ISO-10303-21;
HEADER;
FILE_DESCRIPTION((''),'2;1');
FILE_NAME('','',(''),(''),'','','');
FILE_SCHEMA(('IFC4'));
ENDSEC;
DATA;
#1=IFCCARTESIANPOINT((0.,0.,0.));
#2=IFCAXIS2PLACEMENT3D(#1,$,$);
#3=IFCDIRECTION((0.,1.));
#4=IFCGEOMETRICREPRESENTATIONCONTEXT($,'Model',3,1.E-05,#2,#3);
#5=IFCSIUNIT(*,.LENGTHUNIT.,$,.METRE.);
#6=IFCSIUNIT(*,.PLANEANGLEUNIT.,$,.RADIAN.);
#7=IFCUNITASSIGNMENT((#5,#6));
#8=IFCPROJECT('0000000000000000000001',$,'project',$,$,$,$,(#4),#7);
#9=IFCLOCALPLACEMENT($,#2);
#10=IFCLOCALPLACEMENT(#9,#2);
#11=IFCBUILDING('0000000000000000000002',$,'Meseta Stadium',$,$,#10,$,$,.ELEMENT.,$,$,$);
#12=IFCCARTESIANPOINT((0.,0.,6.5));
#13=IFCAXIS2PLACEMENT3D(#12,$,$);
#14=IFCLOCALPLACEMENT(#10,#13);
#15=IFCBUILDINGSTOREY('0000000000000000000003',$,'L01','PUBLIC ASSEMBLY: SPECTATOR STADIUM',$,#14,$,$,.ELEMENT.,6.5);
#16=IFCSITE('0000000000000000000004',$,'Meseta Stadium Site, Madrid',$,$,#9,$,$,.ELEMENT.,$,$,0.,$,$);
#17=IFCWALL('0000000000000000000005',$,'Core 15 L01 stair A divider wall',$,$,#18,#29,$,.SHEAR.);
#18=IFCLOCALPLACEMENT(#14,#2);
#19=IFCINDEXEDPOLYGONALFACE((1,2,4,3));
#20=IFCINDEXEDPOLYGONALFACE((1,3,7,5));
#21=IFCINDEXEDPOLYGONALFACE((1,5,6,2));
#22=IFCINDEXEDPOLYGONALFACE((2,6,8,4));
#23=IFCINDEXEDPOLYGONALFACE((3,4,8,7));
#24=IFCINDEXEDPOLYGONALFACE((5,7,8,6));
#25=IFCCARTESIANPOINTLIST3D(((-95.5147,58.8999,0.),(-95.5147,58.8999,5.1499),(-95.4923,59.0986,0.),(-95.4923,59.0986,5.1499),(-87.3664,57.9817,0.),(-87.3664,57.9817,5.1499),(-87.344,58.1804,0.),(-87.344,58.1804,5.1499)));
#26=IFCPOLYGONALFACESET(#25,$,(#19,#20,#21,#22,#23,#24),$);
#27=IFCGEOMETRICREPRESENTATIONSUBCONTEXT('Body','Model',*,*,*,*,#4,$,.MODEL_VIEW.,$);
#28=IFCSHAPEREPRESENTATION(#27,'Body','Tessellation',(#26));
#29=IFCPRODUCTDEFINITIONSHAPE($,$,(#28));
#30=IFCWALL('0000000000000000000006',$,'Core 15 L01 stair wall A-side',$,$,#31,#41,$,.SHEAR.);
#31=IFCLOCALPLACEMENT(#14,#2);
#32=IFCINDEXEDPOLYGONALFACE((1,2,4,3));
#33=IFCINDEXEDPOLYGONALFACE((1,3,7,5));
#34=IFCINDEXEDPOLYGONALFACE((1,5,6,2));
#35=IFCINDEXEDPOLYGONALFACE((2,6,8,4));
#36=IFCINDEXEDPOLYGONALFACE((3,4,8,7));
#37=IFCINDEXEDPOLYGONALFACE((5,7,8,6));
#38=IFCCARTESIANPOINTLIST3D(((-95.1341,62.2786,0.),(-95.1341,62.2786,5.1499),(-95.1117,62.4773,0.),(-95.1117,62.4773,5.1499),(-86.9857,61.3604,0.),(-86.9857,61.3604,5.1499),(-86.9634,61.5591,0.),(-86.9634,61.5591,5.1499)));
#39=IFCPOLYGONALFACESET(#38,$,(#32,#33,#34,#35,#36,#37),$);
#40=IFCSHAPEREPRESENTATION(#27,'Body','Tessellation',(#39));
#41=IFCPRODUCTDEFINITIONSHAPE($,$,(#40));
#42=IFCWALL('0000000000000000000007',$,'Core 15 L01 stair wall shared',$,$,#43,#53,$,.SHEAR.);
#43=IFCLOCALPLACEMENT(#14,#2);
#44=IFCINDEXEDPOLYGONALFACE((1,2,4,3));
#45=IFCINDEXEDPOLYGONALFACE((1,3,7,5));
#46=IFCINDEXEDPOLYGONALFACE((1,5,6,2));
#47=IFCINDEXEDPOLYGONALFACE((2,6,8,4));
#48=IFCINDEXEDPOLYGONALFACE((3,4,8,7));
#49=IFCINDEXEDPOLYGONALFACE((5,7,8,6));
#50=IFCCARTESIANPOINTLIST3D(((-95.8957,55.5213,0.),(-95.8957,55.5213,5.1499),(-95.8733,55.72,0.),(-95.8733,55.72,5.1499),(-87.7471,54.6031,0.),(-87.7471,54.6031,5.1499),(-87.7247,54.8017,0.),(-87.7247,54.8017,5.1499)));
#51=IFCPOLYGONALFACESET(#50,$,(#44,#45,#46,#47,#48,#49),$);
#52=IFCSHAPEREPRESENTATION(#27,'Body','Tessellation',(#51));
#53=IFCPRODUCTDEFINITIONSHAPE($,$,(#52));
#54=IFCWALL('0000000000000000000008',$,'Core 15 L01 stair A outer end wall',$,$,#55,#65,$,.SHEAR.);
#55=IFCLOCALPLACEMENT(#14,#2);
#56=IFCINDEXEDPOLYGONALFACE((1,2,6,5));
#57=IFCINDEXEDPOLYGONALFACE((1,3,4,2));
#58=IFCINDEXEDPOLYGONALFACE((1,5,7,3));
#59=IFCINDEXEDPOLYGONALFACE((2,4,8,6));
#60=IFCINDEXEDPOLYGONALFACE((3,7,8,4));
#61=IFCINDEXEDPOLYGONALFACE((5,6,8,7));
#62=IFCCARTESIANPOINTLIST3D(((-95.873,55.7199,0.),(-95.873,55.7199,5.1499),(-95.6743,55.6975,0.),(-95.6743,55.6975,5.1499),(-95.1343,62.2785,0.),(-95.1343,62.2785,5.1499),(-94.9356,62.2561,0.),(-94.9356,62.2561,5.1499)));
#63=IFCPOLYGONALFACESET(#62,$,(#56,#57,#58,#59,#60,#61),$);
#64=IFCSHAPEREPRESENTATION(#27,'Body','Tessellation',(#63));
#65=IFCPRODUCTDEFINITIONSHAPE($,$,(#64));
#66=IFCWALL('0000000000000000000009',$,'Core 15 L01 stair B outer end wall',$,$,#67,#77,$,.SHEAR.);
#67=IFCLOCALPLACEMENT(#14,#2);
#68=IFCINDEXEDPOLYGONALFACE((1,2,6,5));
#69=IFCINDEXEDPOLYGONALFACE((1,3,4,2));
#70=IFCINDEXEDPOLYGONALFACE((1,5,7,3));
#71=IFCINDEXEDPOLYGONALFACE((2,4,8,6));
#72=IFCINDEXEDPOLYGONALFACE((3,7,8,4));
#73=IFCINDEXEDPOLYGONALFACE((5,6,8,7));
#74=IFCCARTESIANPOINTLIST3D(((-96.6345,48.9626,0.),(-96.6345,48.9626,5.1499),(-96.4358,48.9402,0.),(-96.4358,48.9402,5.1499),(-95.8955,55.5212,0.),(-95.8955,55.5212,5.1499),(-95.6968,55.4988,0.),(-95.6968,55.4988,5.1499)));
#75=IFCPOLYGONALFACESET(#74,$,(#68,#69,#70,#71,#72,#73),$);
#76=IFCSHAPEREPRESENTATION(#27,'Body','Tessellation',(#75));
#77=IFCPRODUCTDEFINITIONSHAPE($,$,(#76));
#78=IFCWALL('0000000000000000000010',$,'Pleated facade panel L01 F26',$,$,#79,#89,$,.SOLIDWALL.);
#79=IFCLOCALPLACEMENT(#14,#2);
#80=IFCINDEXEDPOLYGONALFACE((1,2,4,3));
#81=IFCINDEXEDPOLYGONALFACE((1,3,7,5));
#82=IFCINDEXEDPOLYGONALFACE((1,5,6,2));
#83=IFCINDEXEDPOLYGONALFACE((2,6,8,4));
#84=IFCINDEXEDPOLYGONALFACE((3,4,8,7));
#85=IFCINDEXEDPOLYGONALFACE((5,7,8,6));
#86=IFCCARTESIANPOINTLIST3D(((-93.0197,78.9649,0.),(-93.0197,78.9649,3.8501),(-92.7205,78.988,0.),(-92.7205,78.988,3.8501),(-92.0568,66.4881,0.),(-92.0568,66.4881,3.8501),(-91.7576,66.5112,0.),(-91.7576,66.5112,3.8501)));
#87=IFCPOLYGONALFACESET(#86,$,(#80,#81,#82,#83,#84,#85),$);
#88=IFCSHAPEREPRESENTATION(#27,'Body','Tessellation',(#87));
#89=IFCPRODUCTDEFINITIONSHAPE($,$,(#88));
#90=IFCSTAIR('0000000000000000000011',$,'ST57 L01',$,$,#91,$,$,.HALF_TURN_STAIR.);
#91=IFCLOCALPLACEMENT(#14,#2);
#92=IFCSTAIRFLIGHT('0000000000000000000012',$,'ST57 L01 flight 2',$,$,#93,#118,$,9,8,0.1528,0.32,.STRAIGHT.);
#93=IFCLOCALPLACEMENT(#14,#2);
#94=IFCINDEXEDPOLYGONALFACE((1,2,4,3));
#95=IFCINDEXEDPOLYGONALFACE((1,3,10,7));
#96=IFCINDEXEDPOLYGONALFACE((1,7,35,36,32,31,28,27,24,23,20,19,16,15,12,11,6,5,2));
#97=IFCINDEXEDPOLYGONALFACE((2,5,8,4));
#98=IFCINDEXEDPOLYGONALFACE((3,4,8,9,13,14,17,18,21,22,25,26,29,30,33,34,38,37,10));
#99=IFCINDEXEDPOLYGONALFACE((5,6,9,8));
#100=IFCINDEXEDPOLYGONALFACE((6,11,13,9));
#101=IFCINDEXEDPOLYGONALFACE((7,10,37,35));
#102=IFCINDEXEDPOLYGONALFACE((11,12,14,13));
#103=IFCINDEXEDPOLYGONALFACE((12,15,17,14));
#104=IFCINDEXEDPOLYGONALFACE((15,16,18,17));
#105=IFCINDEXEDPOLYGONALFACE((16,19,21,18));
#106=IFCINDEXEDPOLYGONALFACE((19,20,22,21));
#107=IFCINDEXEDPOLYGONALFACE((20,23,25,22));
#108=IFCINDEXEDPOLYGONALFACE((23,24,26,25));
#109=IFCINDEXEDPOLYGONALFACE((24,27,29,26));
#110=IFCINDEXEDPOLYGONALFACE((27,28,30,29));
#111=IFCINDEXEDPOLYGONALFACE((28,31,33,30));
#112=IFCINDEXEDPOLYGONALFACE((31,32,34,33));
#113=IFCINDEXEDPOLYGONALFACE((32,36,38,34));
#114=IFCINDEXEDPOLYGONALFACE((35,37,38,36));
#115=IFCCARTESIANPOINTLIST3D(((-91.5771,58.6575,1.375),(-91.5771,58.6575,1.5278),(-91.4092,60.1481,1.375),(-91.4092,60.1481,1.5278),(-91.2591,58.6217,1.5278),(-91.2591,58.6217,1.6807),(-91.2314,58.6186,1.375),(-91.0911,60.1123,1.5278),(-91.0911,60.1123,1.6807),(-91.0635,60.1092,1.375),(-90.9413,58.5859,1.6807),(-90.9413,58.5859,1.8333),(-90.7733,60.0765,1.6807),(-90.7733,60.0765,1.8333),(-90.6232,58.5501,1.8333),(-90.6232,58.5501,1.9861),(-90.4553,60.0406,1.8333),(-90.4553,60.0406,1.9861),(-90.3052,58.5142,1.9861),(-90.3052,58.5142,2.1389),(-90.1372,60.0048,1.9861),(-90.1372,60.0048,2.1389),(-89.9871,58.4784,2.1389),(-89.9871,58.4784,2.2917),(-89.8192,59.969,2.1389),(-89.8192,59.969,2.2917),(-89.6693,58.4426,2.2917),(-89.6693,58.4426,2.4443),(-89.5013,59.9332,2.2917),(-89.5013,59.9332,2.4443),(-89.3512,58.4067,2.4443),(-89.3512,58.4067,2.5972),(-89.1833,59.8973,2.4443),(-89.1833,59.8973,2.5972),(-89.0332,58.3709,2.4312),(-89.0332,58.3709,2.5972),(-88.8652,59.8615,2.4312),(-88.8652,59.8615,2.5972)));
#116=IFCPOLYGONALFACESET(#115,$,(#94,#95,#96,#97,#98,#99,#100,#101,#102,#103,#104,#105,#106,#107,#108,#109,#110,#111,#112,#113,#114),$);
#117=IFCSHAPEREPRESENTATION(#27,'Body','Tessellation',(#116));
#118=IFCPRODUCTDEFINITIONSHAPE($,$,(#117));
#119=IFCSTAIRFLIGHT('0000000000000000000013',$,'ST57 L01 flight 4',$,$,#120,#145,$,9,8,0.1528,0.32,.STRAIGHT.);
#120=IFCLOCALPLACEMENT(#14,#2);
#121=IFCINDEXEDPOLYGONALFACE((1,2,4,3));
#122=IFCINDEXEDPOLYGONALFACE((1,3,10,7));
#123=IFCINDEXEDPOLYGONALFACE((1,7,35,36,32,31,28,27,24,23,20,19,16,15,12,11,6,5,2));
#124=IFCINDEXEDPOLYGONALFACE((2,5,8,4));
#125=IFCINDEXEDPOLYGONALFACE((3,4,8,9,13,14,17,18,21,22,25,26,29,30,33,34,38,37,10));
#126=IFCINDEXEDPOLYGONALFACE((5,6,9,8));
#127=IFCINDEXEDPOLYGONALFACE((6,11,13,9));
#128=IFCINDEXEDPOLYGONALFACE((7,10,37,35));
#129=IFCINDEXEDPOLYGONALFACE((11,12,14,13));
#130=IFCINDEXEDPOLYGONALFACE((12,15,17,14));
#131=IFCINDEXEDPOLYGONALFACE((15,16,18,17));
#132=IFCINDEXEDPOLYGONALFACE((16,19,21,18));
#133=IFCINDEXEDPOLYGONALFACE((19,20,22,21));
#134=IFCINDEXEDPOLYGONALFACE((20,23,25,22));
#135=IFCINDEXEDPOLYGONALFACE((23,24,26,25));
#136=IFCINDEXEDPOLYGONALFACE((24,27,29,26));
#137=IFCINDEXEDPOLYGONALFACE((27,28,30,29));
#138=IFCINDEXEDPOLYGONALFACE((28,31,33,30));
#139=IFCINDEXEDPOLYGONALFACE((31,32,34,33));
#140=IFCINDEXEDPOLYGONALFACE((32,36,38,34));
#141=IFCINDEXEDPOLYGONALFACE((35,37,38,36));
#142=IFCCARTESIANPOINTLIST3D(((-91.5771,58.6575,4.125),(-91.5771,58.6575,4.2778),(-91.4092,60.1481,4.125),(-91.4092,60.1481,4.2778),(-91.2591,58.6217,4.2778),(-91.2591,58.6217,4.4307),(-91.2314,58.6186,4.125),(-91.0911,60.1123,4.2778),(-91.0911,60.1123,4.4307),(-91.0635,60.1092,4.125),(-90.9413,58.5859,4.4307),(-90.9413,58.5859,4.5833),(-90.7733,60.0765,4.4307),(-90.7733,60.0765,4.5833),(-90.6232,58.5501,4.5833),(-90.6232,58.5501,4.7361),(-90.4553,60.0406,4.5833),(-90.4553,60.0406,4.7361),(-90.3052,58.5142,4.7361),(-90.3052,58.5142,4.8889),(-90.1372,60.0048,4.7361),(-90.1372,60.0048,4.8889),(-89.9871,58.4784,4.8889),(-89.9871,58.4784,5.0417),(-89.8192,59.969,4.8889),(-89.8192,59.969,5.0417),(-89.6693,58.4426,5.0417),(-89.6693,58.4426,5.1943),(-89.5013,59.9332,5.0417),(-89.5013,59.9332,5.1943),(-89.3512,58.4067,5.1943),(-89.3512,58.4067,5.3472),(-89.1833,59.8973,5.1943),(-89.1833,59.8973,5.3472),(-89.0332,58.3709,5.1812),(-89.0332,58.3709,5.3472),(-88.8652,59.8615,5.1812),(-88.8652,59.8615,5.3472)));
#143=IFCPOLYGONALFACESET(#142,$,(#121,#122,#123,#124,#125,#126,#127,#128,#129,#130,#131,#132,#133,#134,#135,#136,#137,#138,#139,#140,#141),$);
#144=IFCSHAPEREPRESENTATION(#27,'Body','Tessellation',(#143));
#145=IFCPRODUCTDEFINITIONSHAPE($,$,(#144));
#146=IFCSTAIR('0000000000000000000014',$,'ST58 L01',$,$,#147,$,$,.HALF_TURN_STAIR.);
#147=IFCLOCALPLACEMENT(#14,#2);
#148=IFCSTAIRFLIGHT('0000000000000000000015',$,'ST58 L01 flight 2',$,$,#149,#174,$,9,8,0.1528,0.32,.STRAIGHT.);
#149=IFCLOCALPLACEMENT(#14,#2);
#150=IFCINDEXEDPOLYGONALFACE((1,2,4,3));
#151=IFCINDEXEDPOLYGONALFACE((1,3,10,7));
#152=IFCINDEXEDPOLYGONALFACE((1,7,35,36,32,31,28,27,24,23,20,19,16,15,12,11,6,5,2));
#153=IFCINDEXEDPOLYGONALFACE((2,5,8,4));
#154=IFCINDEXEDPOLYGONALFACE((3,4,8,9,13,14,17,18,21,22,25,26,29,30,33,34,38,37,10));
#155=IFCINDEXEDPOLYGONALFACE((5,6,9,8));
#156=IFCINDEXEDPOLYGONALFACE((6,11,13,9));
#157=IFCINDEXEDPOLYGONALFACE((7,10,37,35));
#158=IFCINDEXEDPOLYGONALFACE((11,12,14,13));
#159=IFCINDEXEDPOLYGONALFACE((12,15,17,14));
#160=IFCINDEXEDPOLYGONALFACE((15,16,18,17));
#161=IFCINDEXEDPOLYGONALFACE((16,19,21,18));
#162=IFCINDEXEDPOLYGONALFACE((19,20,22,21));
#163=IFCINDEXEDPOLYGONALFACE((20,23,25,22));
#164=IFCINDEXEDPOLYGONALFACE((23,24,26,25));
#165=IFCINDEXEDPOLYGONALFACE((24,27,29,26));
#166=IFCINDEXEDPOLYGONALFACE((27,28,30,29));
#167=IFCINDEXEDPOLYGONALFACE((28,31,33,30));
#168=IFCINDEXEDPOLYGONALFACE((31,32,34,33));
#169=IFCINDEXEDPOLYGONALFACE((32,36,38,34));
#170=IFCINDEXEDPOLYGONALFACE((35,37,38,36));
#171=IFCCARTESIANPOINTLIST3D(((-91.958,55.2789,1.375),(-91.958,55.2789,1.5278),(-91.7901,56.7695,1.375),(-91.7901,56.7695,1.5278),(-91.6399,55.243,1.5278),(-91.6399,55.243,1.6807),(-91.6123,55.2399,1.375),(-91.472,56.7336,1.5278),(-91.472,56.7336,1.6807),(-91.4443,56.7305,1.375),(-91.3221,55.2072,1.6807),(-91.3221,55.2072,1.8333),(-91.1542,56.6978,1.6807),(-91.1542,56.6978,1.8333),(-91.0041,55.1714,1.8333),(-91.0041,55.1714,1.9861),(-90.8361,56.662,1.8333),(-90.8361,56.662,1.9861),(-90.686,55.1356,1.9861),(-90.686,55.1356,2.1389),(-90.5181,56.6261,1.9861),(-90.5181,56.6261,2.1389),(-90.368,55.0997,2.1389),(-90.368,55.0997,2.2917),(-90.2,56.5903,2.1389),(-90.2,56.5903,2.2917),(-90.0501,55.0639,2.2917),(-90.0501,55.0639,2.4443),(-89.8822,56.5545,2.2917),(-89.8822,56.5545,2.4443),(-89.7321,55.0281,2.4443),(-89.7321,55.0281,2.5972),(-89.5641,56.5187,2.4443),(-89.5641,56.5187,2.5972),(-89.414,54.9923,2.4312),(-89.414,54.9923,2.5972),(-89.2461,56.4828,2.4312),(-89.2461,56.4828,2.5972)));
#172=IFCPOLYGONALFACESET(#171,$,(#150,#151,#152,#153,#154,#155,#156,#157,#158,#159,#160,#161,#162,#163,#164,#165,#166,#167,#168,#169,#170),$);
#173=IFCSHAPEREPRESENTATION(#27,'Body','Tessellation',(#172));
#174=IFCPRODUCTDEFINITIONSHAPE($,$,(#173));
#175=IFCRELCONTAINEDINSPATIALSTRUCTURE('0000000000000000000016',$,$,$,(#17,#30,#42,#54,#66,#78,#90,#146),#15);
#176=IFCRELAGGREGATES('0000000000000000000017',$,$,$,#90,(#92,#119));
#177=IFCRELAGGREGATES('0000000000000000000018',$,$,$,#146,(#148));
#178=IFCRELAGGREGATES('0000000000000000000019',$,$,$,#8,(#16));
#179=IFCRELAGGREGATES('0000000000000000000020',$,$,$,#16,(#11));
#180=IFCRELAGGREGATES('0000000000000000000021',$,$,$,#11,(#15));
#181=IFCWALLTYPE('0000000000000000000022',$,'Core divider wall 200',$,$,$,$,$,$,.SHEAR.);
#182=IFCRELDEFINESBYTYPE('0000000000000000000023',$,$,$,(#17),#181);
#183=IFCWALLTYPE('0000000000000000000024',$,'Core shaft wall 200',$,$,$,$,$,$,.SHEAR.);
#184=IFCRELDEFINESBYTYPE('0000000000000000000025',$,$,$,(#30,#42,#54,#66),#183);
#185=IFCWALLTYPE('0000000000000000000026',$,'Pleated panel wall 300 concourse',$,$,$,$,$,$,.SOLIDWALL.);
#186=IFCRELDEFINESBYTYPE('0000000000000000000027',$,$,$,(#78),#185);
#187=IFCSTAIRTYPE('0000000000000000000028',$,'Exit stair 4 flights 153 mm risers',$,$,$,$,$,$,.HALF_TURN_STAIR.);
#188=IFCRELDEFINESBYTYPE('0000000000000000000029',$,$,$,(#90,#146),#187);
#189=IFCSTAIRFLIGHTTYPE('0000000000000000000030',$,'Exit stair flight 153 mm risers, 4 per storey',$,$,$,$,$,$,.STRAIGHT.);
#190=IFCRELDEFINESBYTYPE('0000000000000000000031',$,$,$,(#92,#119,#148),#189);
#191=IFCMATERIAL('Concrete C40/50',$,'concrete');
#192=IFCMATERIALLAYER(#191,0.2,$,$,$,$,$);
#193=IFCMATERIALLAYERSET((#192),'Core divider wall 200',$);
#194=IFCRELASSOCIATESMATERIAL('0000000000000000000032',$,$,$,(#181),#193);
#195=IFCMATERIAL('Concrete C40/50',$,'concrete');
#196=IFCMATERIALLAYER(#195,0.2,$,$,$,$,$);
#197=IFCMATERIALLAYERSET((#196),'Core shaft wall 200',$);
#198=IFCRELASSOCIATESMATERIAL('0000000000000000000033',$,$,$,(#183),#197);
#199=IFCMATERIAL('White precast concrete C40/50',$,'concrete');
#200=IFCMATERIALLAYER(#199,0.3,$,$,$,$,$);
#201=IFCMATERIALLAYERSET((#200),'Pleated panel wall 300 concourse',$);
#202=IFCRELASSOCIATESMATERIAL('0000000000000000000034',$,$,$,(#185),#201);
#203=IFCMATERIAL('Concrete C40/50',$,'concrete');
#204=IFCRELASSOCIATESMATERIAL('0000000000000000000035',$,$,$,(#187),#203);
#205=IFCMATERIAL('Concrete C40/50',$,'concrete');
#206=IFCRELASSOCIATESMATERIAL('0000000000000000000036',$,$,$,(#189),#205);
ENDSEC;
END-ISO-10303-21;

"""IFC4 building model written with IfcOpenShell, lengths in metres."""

from ifc_helpers import new_model, si_unit, direction, frame, frame_2d, origin, place, context, subcontext, project, spatial, polyline, rectangle, outline, extrude, material, layer, layer_set, type_object, element, aggregate, save


model = new_model("IFC4")

# Units and contexts
model_context = context("Model", 3, precision=1e-05, world=origin(), true_north=direction((0.0, 1.0)))
body_context = subcontext(model_context, "Body", "Model", "MODEL_VIEW")
ifc_project = project(units=[si_unit("LENGTHUNIT", "METRE"), si_unit("PLANEANGLEUNIT", "RADIAN")], contexts=[model_context])

# Site, building, storey
site_placement = place(None, origin())
site = spatial("IfcSite", under=ifc_project, at=site_placement, Name="Meseta Stadium Site, Madrid", CompositionType="ELEMENT", RefElevation=0.0)
building_placement = place(site_placement, origin())
building = spatial("IfcBuilding", under=site, at=building_placement, Name="Meseta Stadium", CompositionType="ELEMENT")
storey_placement = place(building_placement, frame((0.0, 0.0, 6.5)))
storey = spatial("IfcBuildingStorey", under=building, at=storey_placement, Name="L01", Description="PUBLIC ASSEMBLY: SPECTATOR STADIUM", CompositionType="ELEMENT", Elevation=6.5)

# Walls
ifc_material_1 = material(Name="Concrete C40/50", Category="concrete")
ifc_layer_1 = layer(ifc_material_1, 0.2)
ifc_layer_set_1 = layer_set([ifc_layer_1], Name="Core divider wall 200")
wall_type_1 = type_object("IfcWallType", Name="Core divider wall 200", PredefinedType="SHEAR", material=ifc_layer_set_1)
wall_1_placement = place(storey_placement, frame((-95.5037, 58.9993, 0.0), z_axis=(0.0, 0.0, 1.0), x_axis=(0.993711, -0.111977, 0.0)))
element("IfcWall", 1, at=wall_1_placement, inside=storey, type_object=wall_type_1, Name="Core 15 L01 stair A divider wall", PredefinedType="SHEAR", context=body_context, shape_type="SweptSolid", body=[
    extrude(rectangle(XDim=8.2, YDim=0.2, at=frame_2d((4.1001, 0.0))), origin(), (0.0, 0.0, 1.0), 5.1499),
])
ifc_material_2 = material(Name="Concrete C40/50", Category="concrete")
ifc_layer_2 = layer(ifc_material_2, 0.2)
ifc_layer_set_2 = layer_set([ifc_layer_2], Name="Core shaft wall 200")
wall_type_2 = type_object("IfcWallType", Name="Core shaft wall 200", PredefinedType="SHEAR", material=ifc_layer_set_2)
wall_2_placement = place(storey_placement, frame((-95.123, 62.3779, 0.0), z_axis=(0.0, 0.0, 1.0), x_axis=(0.993711, -0.111977, 0.0)))
element("IfcWall", 2, at=wall_2_placement, inside=storey, type_object=wall_type_2, Name="Core 15 L01 stair wall A-side", PredefinedType="SHEAR", context=body_context, shape_type="SweptSolid", body=[
    extrude(rectangle(XDim=8.2, YDim=0.2, at=frame_2d((4.1001, 0.0))), origin(), (0.0, 0.0, 1.0), 5.1499),
])
wall_3_placement = place(storey_placement, frame((-95.8845, 55.6206, 0.0), z_axis=(0.0, 0.0, 1.0), x_axis=(0.993711, -0.111974, 0.0)))
element("IfcWall", 3, at=wall_3_placement, inside=storey, type_object=wall_type_2, Name="Core 15 L01 stair wall shared", PredefinedType="SHEAR", context=body_context, shape_type="SweptSolid", body=[
    extrude(rectangle(XDim=8.2002, YDim=0.2, at=frame_2d((4.1001, 0.0))), origin(), (0.0, 0.0, 1.0), 5.1499),
])
for number, where, z_axis, x_axis, name in (
    (4, (-95.0349, 62.2673, 0.0), (0.0, 0.0, 1.0), (-0.111934, -0.993716, 0.0), "Core 15 L01 stair A outer end wall"),
    (5, (-95.7961, 55.51, 0.0), (0.0, 0.0, 1.0), (-0.11197, -0.993712, 0.0), "Core 15 L01 stair B outer end wall"),
):
    element("IfcWall", number, at=place(storey_placement, frame(where, z_axis=z_axis, x_axis=x_axis)), inside=storey, type_object=wall_type_2, Name=name, PredefinedType="SHEAR", context=body_context, shape_type="SweptSolid", body=[
        extrude(rectangle(XDim=6.6001, YDim=0.2, at=frame_2d((3.3, 0.0))), origin(), (0.0, 0.0, 1.0), 5.1499),
    ])
ifc_material_3 = material(Name="White precast concrete C40/50", Category="concrete")
ifc_layer_3 = layer(ifc_material_3, 0.3)
ifc_layer_set_3 = layer_set([ifc_layer_3], Name="Pleated panel wall 300 concourse")
wall_type_3 = type_object("IfcWallType", Name="Pleated panel wall 300 concourse", PredefinedType="SOLIDWALL", material=ifc_layer_set_3)
wall_4_placement = place(storey_placement, frame((-91.9072, 66.4998, 0.0), z_axis=(0.0, 0.0, 1.0), x_axis=(-0.076946, 0.997035, 0.0)))
element("IfcWall", 6, at=wall_4_placement, inside=storey, type_object=wall_type_3, Name="Pleated facade panel L01 F26", PredefinedType="SOLIDWALL", context=body_context, shape_type="SweptSolid", body=[
    extrude(rectangle(XDim=12.5139, YDim=0.3, at=frame_2d((6.2568, 0.0))), origin(), (0.0, 0.0, 1.0), 3.8501),
])

# Stairs, stair flights
ifc_material_4 = material(Name="Concrete C40/50", Category="concrete")
stair_type = type_object("IfcStairType", Name="Exit stair 4 flights 153 mm risers", PredefinedType="HALF_TURN_STAIR", material=ifc_material_4)
stair_1_placement = place(storey_placement, origin())
stair_1 = element("IfcStair", 7, at=stair_1_placement, inside=storey, type_object=stair_type, Name="ST57 L01", PredefinedType="HALF_TURN_STAIR")
ifc_material_5 = material(Name="Concrete C40/50", Category="concrete")
stair_flight_type = type_object("IfcStairFlightType", Name="Exit stair flight 153 mm risers, 4 per storey", PredefinedType="STRAIGHT", material=ifc_material_5)
stair_flight_1_placement = place(storey_placement, frame((-91.4932, 59.4028, 1.375), z_axis=(0.0, 0.0, 1.0), x_axis=(0.993712, -0.111964, 0.0)))
stair_flight_1 = element("IfcStairFlight", 8, at=stair_flight_1_placement, type_object=stair_flight_type, Name="ST57 L01 flight 2", NumberOfRisers=9, NumberOfTreads=8, PredefinedType="STRAIGHT", RiserHeight=0.1528, TreadLength=0.32, context=body_context, shape_type="SweptSolid", body=[
    extrude(outline(polyline([(0.0, 0.0), (0.0, 0.1528), (0.3201, 0.1528), (0.3201, 0.3057), (0.6399, 0.3057), (0.6399, 0.4583), (0.96, 0.4583), (0.96, 0.6111), (1.28, 0.6111), (1.28, 0.7639), (1.6001, 0.7639), (1.6001, 0.9167), (1.9199, 0.9167), (1.9199, 1.0693), (2.24, 1.0693), (2.24, 1.2222), (2.5601, 1.2222), (2.5601, 1.0562), (0.3479, 0.0), (0.0, 0.0)])), frame((0.0, 0.75, 0.0), z_axis=(0.0, -1.0, 0.0), x_axis=(1.0, 0.0, 0.0)), (0.0, 0.0, 1.0), 1.5),
])
stair_flight_2_placement = place(storey_placement, frame((-91.4932, 59.4028, 4.125), z_axis=(0.0, 0.0, 1.0), x_axis=(0.993712, -0.111964, 0.0)))
stair_flight_2 = element("IfcStairFlight", 9, at=stair_flight_2_placement, type_object=stair_flight_type, Name="ST57 L01 flight 4", NumberOfRisers=9, NumberOfTreads=8, PredefinedType="STRAIGHT", RiserHeight=0.1528, TreadLength=0.32, context=body_context, shape_type="SweptSolid", body=[
    extrude(outline(polyline([(0.0, 0.0), (0.0, 0.1528), (0.3201, 0.1528), (0.3201, 0.3057), (0.6399, 0.3057), (0.6399, 0.4583), (0.96, 0.4583), (0.96, 0.6111), (1.28, 0.6111), (1.28, 0.7639), (1.6001, 0.7639), (1.6001, 0.9167), (1.9199, 0.9167), (1.9199, 1.0693), (2.24, 1.0693), (2.24, 1.2222), (2.5601, 1.2222), (2.5601, 1.0562), (0.3479, 0.0), (0.0, 0.0)])), frame((0.0, 0.75, 0.0), z_axis=(0.0, -1.0, 0.0), x_axis=(1.0, 0.0, 0.0)), (0.0, 0.0, 1.0), 1.5),
])
aggregate(stair_1, [stair_flight_1, stair_flight_2])
stair_2_placement = place(storey_placement, origin())
stair_2 = element("IfcStair", 10, at=stair_2_placement, inside=storey, type_object=stair_type, Name="ST58 L01", PredefinedType="HALF_TURN_STAIR")
stair_flight_3_placement = place(storey_placement, frame((-91.874, 56.0242, 1.375), z_axis=(0.0, 0.0, 1.0), x_axis=(0.993712, -0.111964, 0.0)))
stair_flight_3 = element("IfcStairFlight", 11, at=stair_flight_3_placement, type_object=stair_flight_type, Name="ST58 L01 flight 2", NumberOfRisers=9, NumberOfTreads=8, PredefinedType="STRAIGHT", RiserHeight=0.1528, TreadLength=0.32, context=body_context, shape_type="SweptSolid", body=[
    extrude(outline(polyline([(0.0, 0.0), (0.0, 0.1528), (0.3201, 0.1528), (0.3201, 0.3057), (0.6399, 0.3057), (0.6399, 0.4583), (0.96, 0.4583), (0.96, 0.6111), (1.28, 0.6111), (1.28, 0.7639), (1.6001, 0.7639), (1.6001, 0.9167), (1.9199, 0.9167), (1.9199, 1.0693), (2.24, 1.0693), (2.24, 1.2222), (2.5601, 1.2222), (2.5601, 1.0562), (0.3479, 0.0), (0.0, 0.0)])), frame((0.0, 0.75, 0.0), z_axis=(0.0, -1.0, 0.0), x_axis=(1.0, 0.0, 0.0)), (0.0, 0.0, 1.0), 1.5),
])
aggregate(stair_2, [stair_flight_3])

save(model, "model.ifc")
